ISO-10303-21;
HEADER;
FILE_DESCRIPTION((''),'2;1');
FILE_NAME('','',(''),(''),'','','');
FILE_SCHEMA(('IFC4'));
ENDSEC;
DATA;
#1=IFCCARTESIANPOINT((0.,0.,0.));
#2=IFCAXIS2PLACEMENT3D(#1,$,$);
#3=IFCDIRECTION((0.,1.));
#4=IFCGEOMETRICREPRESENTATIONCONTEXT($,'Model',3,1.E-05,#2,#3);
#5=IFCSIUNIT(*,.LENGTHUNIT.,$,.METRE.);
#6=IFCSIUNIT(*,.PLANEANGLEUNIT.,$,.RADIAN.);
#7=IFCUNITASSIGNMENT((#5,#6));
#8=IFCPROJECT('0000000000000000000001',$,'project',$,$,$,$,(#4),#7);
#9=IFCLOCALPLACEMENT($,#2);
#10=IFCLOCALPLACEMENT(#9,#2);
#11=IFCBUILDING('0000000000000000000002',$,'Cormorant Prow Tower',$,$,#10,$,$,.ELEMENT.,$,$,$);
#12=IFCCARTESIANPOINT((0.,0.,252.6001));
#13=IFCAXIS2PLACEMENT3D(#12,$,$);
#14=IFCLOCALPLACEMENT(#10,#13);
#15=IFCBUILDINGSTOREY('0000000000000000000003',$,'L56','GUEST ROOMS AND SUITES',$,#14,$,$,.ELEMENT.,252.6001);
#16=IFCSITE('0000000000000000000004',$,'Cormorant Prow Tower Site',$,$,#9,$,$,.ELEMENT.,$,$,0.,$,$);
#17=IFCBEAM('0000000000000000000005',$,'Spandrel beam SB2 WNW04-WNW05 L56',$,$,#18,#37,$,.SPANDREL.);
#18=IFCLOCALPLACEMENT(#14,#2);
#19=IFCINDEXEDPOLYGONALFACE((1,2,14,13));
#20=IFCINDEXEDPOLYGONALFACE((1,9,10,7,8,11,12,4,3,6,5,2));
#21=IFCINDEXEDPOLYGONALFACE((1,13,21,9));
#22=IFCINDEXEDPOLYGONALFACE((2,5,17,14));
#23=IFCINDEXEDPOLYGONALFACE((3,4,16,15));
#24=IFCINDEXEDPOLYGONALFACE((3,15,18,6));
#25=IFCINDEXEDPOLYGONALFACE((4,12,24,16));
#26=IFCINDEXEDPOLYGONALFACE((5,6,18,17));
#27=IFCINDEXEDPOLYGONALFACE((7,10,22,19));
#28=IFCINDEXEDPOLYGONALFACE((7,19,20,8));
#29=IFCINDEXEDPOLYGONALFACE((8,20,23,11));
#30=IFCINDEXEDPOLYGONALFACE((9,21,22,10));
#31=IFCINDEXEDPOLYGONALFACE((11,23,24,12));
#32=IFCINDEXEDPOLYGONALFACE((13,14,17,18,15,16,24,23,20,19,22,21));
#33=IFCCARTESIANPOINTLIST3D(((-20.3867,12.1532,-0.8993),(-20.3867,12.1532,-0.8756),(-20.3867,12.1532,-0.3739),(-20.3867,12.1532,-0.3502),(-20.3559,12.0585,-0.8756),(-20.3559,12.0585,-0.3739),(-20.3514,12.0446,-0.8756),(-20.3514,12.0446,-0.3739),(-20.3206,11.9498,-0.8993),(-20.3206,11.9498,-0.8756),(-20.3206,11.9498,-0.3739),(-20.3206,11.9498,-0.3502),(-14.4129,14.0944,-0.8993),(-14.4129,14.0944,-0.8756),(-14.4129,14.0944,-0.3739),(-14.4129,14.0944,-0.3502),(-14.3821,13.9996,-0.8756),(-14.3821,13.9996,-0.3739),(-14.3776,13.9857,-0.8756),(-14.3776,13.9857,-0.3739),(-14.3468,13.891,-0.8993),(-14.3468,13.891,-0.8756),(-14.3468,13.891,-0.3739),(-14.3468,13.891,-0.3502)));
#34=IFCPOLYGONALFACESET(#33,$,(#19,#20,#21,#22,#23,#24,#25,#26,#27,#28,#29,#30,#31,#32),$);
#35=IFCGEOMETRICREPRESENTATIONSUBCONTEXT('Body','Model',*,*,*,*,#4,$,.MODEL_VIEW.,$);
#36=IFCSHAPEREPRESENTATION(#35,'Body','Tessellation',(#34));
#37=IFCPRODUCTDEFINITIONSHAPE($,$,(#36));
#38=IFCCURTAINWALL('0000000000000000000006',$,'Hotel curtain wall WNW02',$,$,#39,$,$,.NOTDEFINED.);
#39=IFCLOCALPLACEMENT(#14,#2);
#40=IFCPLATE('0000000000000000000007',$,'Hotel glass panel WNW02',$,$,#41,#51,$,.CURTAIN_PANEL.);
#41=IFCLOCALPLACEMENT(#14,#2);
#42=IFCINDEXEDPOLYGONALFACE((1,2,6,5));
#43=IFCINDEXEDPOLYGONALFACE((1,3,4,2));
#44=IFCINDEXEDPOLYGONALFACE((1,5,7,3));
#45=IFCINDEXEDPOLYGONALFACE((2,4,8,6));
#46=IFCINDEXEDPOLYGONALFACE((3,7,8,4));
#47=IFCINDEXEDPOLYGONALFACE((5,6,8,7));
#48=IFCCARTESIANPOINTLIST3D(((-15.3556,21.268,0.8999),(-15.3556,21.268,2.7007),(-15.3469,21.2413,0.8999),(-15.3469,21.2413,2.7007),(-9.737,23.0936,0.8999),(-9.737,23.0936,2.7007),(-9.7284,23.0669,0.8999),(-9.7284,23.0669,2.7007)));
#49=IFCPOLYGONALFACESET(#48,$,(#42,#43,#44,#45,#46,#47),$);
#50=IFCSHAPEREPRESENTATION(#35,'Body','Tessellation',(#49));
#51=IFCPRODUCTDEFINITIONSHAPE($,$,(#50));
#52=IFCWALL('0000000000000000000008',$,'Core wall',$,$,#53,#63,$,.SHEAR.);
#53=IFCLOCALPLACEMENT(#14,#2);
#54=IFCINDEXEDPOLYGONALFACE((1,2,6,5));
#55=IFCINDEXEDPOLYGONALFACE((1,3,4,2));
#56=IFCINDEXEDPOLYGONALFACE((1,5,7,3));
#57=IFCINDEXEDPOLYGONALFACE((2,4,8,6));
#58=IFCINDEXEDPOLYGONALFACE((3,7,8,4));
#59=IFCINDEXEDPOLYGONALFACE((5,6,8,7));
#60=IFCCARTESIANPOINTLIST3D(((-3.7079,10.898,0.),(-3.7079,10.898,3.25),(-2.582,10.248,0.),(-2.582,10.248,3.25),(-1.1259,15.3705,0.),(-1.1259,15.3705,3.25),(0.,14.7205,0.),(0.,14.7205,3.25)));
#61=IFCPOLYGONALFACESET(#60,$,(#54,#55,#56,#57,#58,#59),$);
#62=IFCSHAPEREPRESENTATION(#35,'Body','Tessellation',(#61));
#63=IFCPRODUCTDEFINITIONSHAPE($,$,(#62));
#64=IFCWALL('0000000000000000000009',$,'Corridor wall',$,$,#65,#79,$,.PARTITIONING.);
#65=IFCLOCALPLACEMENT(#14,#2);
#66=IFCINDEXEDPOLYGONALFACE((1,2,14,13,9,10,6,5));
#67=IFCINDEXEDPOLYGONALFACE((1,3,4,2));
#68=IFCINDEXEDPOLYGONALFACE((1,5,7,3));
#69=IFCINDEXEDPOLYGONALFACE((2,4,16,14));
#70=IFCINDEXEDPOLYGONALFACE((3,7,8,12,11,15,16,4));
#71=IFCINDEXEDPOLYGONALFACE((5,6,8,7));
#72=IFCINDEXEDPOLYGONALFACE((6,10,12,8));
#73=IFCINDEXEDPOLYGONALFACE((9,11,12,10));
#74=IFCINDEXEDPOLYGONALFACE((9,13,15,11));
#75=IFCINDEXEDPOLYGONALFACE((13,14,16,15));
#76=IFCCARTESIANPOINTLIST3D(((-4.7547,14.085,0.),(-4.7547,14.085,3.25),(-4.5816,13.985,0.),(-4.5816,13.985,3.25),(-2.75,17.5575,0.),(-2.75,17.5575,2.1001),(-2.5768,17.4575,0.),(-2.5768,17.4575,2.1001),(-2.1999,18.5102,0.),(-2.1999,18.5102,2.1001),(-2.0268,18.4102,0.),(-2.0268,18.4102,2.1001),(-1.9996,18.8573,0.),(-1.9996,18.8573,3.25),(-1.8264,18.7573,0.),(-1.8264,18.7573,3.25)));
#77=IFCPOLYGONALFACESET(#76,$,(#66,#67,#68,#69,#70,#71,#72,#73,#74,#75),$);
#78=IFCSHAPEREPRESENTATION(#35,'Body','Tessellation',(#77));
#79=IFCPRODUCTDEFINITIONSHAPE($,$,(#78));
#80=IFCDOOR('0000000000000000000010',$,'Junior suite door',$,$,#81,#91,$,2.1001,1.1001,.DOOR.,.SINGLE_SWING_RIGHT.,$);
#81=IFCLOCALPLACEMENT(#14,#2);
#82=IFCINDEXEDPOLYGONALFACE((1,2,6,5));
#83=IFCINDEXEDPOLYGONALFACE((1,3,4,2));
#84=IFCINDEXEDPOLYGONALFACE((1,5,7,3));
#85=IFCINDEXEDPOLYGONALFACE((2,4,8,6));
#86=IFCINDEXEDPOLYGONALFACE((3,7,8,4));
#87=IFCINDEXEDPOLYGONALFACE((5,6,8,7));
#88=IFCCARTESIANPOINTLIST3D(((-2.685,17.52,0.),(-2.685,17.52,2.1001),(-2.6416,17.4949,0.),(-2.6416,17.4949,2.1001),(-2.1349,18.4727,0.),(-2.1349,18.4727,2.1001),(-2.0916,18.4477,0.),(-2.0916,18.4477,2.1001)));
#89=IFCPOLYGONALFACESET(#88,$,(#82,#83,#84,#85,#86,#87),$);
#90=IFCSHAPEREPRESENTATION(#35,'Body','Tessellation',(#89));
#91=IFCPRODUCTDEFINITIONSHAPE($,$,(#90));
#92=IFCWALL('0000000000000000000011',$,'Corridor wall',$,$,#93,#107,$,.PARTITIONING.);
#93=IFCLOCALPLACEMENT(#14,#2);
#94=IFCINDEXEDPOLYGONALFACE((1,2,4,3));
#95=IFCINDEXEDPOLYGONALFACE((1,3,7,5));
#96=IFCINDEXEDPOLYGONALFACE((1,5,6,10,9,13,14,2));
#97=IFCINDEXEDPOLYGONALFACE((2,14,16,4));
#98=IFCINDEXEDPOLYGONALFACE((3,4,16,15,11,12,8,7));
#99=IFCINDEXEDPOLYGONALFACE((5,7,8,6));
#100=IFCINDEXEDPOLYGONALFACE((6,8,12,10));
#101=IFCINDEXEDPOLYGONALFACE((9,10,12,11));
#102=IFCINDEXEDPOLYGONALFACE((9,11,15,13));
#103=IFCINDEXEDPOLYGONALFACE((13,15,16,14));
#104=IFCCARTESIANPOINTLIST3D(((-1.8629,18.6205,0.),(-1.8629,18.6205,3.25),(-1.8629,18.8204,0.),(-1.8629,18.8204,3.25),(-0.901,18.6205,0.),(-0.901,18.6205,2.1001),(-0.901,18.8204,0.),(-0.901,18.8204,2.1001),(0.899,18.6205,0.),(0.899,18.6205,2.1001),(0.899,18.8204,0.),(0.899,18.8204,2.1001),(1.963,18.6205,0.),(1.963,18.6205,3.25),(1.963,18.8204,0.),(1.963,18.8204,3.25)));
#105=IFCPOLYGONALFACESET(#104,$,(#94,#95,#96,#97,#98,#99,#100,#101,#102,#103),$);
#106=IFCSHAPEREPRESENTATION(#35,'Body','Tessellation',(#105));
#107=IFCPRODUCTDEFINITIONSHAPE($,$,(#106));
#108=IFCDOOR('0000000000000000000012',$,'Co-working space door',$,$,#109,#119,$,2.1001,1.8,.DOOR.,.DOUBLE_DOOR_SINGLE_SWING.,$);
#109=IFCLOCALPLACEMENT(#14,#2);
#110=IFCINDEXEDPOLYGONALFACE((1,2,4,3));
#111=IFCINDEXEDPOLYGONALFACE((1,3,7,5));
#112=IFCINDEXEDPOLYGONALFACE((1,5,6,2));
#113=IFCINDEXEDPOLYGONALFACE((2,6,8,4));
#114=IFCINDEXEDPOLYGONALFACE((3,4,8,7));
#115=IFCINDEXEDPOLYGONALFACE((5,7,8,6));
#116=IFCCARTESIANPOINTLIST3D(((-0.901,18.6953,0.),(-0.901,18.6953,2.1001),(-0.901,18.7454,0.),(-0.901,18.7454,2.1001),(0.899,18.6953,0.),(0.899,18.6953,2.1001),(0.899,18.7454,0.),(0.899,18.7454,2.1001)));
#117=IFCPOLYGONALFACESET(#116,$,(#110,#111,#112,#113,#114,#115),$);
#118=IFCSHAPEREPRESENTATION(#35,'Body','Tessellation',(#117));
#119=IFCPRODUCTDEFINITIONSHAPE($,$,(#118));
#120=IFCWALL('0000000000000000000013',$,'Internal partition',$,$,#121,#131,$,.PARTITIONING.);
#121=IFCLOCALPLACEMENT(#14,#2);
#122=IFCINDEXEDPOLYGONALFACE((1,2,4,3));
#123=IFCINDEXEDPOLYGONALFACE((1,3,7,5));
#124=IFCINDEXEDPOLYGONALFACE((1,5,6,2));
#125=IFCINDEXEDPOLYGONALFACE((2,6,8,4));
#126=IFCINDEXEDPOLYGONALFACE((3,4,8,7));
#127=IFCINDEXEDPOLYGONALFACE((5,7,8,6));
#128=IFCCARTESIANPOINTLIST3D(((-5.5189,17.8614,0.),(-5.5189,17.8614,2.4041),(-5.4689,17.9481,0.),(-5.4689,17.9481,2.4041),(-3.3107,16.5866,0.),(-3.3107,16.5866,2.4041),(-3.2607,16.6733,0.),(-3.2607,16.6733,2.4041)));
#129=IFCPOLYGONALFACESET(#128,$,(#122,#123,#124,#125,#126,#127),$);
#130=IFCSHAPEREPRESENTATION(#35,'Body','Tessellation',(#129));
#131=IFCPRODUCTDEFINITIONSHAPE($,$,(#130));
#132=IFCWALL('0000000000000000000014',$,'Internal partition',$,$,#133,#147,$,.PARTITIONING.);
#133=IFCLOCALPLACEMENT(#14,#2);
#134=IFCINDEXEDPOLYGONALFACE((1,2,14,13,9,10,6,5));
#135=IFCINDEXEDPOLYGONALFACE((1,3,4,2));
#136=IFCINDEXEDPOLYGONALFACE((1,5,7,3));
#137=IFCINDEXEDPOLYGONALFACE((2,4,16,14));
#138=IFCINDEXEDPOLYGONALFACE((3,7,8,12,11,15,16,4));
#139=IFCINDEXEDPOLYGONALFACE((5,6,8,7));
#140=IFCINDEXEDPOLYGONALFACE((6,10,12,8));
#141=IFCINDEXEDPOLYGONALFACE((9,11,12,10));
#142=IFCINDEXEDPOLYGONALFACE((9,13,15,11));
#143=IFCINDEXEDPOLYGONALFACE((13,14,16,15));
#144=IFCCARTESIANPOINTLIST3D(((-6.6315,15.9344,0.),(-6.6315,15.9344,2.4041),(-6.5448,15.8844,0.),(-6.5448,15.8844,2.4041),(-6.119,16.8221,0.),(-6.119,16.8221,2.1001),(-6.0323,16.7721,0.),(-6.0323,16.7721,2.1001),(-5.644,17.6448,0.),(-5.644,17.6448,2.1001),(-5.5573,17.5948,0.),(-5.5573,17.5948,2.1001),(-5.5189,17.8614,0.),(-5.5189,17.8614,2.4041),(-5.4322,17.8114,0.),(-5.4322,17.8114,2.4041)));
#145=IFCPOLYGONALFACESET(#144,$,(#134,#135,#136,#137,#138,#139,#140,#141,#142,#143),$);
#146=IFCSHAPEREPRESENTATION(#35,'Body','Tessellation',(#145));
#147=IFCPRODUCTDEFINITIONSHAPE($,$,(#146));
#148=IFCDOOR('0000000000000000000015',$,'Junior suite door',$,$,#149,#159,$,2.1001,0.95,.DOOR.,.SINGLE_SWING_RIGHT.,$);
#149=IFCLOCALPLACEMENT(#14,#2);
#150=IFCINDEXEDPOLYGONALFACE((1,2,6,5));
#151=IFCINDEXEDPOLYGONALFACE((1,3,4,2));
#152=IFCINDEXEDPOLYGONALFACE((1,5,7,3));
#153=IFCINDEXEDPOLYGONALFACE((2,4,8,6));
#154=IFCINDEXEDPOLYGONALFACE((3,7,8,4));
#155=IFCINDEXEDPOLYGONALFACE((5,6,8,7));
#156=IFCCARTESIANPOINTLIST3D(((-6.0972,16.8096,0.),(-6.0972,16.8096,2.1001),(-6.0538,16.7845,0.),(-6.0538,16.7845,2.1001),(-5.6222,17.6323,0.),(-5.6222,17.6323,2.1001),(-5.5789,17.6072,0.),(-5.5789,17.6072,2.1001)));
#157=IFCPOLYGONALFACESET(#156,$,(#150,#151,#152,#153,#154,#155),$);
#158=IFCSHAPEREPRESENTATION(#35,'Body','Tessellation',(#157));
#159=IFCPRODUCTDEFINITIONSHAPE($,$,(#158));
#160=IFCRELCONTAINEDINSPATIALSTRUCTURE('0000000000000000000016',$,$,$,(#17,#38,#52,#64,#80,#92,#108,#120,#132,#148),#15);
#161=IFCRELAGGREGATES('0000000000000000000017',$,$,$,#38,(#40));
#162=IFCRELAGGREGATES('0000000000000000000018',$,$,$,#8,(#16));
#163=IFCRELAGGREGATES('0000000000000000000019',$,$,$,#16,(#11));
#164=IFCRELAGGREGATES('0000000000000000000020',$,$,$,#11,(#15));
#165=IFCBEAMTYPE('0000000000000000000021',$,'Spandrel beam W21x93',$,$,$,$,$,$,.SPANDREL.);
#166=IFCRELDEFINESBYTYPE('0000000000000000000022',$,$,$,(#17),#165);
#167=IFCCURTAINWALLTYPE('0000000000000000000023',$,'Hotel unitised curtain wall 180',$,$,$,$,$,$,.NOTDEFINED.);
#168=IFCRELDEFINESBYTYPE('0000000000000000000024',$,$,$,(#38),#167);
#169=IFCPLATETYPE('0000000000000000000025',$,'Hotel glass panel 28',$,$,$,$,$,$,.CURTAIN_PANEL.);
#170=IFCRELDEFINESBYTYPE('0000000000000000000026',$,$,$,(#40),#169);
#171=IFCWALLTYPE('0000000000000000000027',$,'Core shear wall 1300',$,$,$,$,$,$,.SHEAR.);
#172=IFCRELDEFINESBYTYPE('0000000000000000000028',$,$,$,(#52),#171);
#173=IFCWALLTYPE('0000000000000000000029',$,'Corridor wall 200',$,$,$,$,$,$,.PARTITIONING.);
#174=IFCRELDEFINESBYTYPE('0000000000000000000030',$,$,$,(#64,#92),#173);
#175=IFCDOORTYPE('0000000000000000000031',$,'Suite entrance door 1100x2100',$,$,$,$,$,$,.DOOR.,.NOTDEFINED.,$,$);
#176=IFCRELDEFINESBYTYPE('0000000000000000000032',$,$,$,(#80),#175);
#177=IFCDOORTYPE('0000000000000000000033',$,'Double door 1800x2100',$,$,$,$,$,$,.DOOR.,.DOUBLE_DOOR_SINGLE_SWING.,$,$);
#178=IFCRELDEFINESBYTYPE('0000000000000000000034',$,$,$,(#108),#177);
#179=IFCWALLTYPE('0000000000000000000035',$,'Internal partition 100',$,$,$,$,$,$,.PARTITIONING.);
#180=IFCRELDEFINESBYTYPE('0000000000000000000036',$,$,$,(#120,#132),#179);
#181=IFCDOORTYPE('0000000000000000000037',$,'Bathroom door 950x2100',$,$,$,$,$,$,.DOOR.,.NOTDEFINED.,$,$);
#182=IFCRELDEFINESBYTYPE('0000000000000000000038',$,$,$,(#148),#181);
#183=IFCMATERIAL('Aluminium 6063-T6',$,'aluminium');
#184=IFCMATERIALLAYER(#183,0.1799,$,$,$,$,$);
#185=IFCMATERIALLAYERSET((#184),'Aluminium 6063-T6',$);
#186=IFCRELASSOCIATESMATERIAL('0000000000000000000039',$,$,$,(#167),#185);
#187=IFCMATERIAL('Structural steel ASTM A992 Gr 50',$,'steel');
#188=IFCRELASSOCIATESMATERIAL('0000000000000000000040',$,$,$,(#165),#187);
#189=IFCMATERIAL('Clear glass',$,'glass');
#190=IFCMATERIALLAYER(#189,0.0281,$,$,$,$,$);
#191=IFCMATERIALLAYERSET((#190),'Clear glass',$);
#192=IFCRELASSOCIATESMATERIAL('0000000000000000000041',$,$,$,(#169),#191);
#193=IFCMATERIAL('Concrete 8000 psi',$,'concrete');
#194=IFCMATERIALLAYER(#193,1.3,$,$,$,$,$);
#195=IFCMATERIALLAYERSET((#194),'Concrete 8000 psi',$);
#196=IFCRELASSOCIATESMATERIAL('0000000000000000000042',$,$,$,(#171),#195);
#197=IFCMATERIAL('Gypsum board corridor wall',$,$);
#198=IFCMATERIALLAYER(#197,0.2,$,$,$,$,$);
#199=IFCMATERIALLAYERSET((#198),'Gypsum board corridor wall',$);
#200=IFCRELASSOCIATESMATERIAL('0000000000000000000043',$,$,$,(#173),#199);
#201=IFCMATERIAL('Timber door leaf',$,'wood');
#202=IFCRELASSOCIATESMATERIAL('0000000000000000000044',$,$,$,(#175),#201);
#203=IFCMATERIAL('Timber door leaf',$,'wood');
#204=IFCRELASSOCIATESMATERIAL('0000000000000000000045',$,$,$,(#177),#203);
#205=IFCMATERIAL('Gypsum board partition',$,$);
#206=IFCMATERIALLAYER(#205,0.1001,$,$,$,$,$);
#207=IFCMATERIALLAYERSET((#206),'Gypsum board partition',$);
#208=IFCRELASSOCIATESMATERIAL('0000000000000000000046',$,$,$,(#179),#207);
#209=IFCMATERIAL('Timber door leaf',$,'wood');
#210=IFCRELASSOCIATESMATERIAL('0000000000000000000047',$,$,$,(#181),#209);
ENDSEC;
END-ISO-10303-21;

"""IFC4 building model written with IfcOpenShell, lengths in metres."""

from ifc_helpers import new_model, si_unit, direction, frame, frame_2d, origin, origin_2d, place, context, subcontext, project, spatial, rectangle, i_section, extrude, material, layer, layer_set, material_profile, profile_set, type_object, element, fill, aggregate, save


model = new_model("IFC4")

# Units and contexts
model_context = context("Model", 3, precision=1e-05, world=origin(), true_north=direction((0.0, 1.0)))
body_context = subcontext(model_context, "Body", "Model", "MODEL_VIEW")
ifc_project = project(units=[si_unit("LENGTHUNIT", "METRE"), si_unit("PLANEANGLEUNIT", "RADIAN")], contexts=[model_context])

# Site, building, storey
site_placement = place(None, origin())
site = spatial("IfcSite", under=ifc_project, at=site_placement, Name="Cormorant Prow Tower Site", CompositionType="ELEMENT", RefElevation=0.0)
building_placement = place(site_placement, origin())
building = spatial("IfcBuilding", under=site, at=building_placement, Name="Cormorant Prow Tower", CompositionType="ELEMENT")
storey_placement = place(building_placement, frame((0.0, 0.0, 252.6001)))
storey = spatial("IfcBuildingStorey", under=building, at=storey_placement, Name="L56", Description="GUEST ROOMS AND SUITES", CompositionType="ELEMENT", Elevation=252.6001)

# Shared definitions
ifc_material_1 = material(Name="Aluminium 6063-T6", Category="aluminium")
ifc_layer_1 = layer(ifc_material_1, 0.1799)
ifc_layer_set_1 = layer_set([ifc_layer_1], Name="Aluminium 6063-T6")
curtain_wall_type = type_object("IfcCurtainWallType", Name="Hotel unitised curtain wall 180", PredefinedType="NOTDEFINED", material=ifc_layer_set_1)

# Beam
ifc_material_2 = material(Name="Structural steel ASTM A992 Gr 50", Category="steel")
ifc_material_profile_1 = material_profile(ifc_material_2, i_section(OverallWidth=0.2139, OverallDepth=0.5491, WebThickness=0.0146, FlangeThickness=0.0237, at=origin_2d()), Name="W21x93")
ifc_profile_set_1 = profile_set([ifc_material_profile_1], Name="Structural steel ASTM A992 Gr 50")
beam_type_1 = type_object("IfcBeamType", Name="Spandrel beam W21x93", PredefinedType="SPANDREL", material=ifc_profile_set_1)
beam_1_placement = place(storey_placement, frame((-14.3799, 13.9927, -0.6248), z_axis=(-0.95105, -0.309036, 0.0), x_axis=(0.309036, -0.95105, 0.0)))
element("IfcBeam", 1, at=beam_1_placement, inside=storey, type_object=beam_type_1, Name="Spandrel beam SB2 WNW04-WNW05 L56", PredefinedType="SPANDREL", context=body_context, shape_type="SweptSolid", body=[
    extrude(i_section(OverallWidth=0.2139, OverallDepth=0.5491, WebThickness=0.0146, FlangeThickness=0.0237, at=origin_2d()), origin(), (0.0, 0.0, 1.0), 6.2812),
])

# Curtain wall, plate
curtain_wall_1_placement = place(storey_placement, origin())
curtain_wall_1 = element("IfcCurtainWall", 2, at=curtain_wall_1_placement, inside=storey, type_object=curtain_wall_type, Name="Hotel curtain wall WNW02", PredefinedType="NOTDEFINED")
ifc_material_3 = material(Name="Clear glass", Category="glass")
ifc_layer_2 = layer(ifc_material_3, 0.0281)
ifc_layer_set_2 = layer_set([ifc_layer_2], Name="Clear glass")
plate_type = type_object("IfcPlateType", Name="Hotel glass panel 28", PredefinedType="CURTAIN_PANEL", material=ifc_layer_set_2)
plate_placement = place(storey_placement, frame((-12.542, 22.1675, 0.8999), z_axis=(0.0, 0.0, 1.0), x_axis=(-0.951057, -0.309017, 0.0)))
plate = element("IfcPlate", 3, at=plate_placement, type_object=plate_type, Name="Hotel glass panel WNW02", PredefinedType="CURTAIN_PANEL", context=body_context, shape_type="SweptSolid", body=[
    extrude(rectangle(XDim=5.9077, YDim=0.0281, at=origin_2d()), origin(), (0.0, 0.0, 1.0), 1.8008),
])
aggregate(curtain_wall_1, [plate])

# Wall
ifc_material_4 = material(Name="Concrete 8000 psi", Category="concrete")
ifc_layer_3 = layer(ifc_material_4, 1.3)
ifc_layer_set_3 = layer_set([ifc_layer_3], Name="Concrete 8000 psi")
wall_type_1 = type_object("IfcWallType", Name="Core shear wall 1300", PredefinedType="SHEAR", material=ifc_layer_set_3)
wall_1_placement = place(storey_placement, frame((-0.563, 15.0454, 0.0), z_axis=(0.0, 0.0, 1.0), x_axis=(-0.499983, -0.866035, 0.0)))
element("IfcWall", 4, at=wall_1_placement, inside=storey, type_object=wall_type_1, Name="Core wall", PredefinedType="SHEAR", context=body_context, shape_type="SweptSolid", body=[
    extrude(rectangle(XDim=5.1643, YDim=1.3, at=frame_2d((2.582, 0.0))), origin(), (0.0, 0.0, 1.0), 3.25),
])

# Walls, openings, doors
ifc_material_5 = material(Name="Gypsum board corridor wall")
ifc_layer_4 = layer(ifc_material_5, 0.2)
ifc_layer_set_4 = layer_set([ifc_layer_4], Name="Gypsum board corridor wall")
wall_type_2 = type_object("IfcWallType", Name="Corridor wall 200", PredefinedType="PARTITIONING", material=ifc_layer_set_4)
wall_2_placement = place(storey_placement, frame((-4.6682, 14.0349, 0.0), z_axis=(0.0, 0.0, 1.0), x_axis=(0.499985, 0.866034, 0.0)))
wall_2 = element("IfcWall", 5, at=wall_2_placement, inside=storey, type_object=wall_type_2, Name="Corridor wall", PredefinedType="PARTITIONING", context=body_context, shape_type="SweptSolid", body=[
    extrude(rectangle(XDim=5.5105, YDim=0.2, at=frame_2d((2.7554, 0.0))), origin(), (0.0, 0.0, 1.0), 3.25),
])
opening_1_placement = place(wall_2_placement, frame((4.0098, 0.0, 0.0)))
opening_1 = element("IfcOpeningElement", 6, at=opening_1_placement, cuts=wall_2, PredefinedType="OPENING", context=body_context, shape_type="SweptSolid", body=[
    extrude(rectangle(XDim=1.1001, YDim=2.1001, at=frame_2d((0.55, 1.05))), frame((0.0, 0.1099, 0.0), z_axis=(0.0, -1.0, 0.0), x_axis=(1.0, 0.0, 0.0)), (0.0, 0.0, 1.0), 0.22),
])
ifc_material_6 = material(Name="Timber door leaf", Category="wood")
door_type_1 = type_object("IfcDoorType", Name="Suite entrance door 1100x2100", OperationType="NOTDEFINED", PredefinedType="DOOR", material=ifc_material_6)
door_1_placement = place(opening_1_placement, origin())
door_1 = element("IfcDoor", 7, at=door_1_placement, inside=storey, type_object=door_type_1, Name="Junior suite door", OperationType="SINGLE_SWING_RIGHT", OverallHeight=2.1001, OverallWidth=1.1001, PredefinedType="DOOR", context=body_context, shape_type="SweptSolid", body=[
    extrude(rectangle(XDim=1.1001, YDim=2.1001, at=frame_2d((0.55, 1.05))), frame((0.0, 0.0249, 0.0), z_axis=(0.0, -1.0, 0.0), x_axis=(1.0, 0.0, 0.0)), (0.0, 0.0, 1.0), 0.05),
])
fill(opening_1, door_1)
wall_3_placement = place(storey_placement, frame((-1.863, 18.7205, 0.0), z_axis=(0.0, 0.0, 1.0), x_axis=(1.0, 0.0, 0.0)))
wall_3 = element("IfcWall", 8, at=wall_3_placement, inside=storey, type_object=wall_type_2, Name="Corridor wall", PredefinedType="PARTITIONING", context=body_context, shape_type="SweptSolid", body=[
    extrude(rectangle(XDim=3.8259, YDim=0.2, at=frame_2d((1.9131, 0.0))), origin(), (0.0, 0.0, 1.0), 3.25),
])
opening_2_placement = place(wall_3_placement, frame((0.9622, 0.0, 0.0)))
opening_2 = element("IfcOpeningElement", 9, at=opening_2_placement, cuts=wall_3, PredefinedType="OPENING", context=body_context, shape_type="SweptSolid", body=[
    extrude(rectangle(XDim=1.8, YDim=2.1001, at=frame_2d((0.8999, 1.05))), frame((0.0, 0.1099, 0.0), z_axis=(0.0, -1.0, 0.0), x_axis=(1.0, 0.0, 0.0)), (0.0, 0.0, 1.0), 0.22),
])
ifc_material_7 = material(Name="Timber door leaf", Category="wood")
door_type_2 = type_object("IfcDoorType", Name="Double door 1800x2100", OperationType="DOUBLE_DOOR_SINGLE_SWING", PredefinedType="DOOR", material=ifc_material_7)
door_2_placement = place(opening_2_placement, origin())
door_2 = element("IfcDoor", 10, at=door_2_placement, inside=storey, type_object=door_type_2, Name="Co-working space door", OperationType="DOUBLE_DOOR_SINGLE_SWING", OverallHeight=2.1001, OverallWidth=1.8, PredefinedType="DOOR", context=body_context, shape_type="SweptSolid", body=[
    extrude(rectangle(XDim=1.8, YDim=2.1001, at=frame_2d((0.8999, 1.05))), frame((0.0, 0.0249, 0.0), z_axis=(0.0, -1.0, 0.0), x_axis=(1.0, 0.0, 0.0)), (0.0, 0.0, 1.0), 0.05),
])
fill(opening_2, door_2)

# Wall
ifc_material_8 = material(Name="Gypsum board partition")
ifc_layer_5 = layer(ifc_material_8, 0.1001)
ifc_layer_set_5 = layer_set([ifc_layer_5], Name="Gypsum board partition")
wall_type_3 = type_object("IfcWallType", Name="Internal partition 100", PredefinedType="PARTITIONING", material=ifc_layer_set_5)
wall_4_placement = place(storey_placement, frame((-5.4939, 17.9048, 0.0), z_axis=(0.0, 0.0, 1.0), x_axis=(0.866031, -0.49999, 0.0)))
element("IfcWall", 11, at=wall_4_placement, inside=storey, type_object=wall_type_3, Name="Internal partition", PredefinedType="PARTITIONING", context=body_context, shape_type="SweptSolid", body=[
    extrude(rectangle(XDim=2.5498, YDim=0.1001, at=frame_2d((1.2749, 0.0))), origin(), (0.0, 0.0, 1.0), 2.4041),
])

# Wall, opening, door
wall_5_placement = place(storey_placement, frame((-6.5881, 15.9094, 0.0), z_axis=(0.0, 0.0, 1.0), x_axis=(0.499998, 0.866027, 0.0)))
wall_5 = element("IfcWall", 12, at=wall_5_placement, inside=storey, type_object=wall_type_3, Name="Internal partition", PredefinedType="PARTITIONING", context=body_context, shape_type="SweptSolid", body=[
    extrude(rectangle(XDim=2.2251, YDim=0.1001, at=frame_2d((1.1125, 0.0))), origin(), (0.0, 0.0, 1.0), 2.4041),
])
opening_3_placement = place(wall_5_placement, frame((1.0249, 0.0, 0.0)))
opening_3 = element("IfcOpeningElement", 13, at=opening_3_placement, cuts=wall_5, PredefinedType="OPENING", context=body_context, shape_type="SweptSolid", body=[
    extrude(rectangle(XDim=0.95, YDim=2.1001, at=frame_2d((0.4751, 1.05))), frame((0.0, 0.0601, 0.0), z_axis=(0.0, -1.0, 0.0), x_axis=(1.0, 0.0, 0.0)), (0.0, 0.0, 1.0), 0.1201),
])
ifc_material_9 = material(Name="Timber door leaf", Category="wood")
door_type_3 = type_object("IfcDoorType", Name="Bathroom door 950x2100", OperationType="NOTDEFINED", PredefinedType="DOOR", material=ifc_material_9)
door_3_placement = place(opening_3_placement, origin())
door_3 = element("IfcDoor", 14, at=door_3_placement, inside=storey, type_object=door_type_3, Name="Junior suite door", OperationType="SINGLE_SWING_RIGHT", OverallHeight=2.1001, OverallWidth=0.95, PredefinedType="DOOR", context=body_context, shape_type="SweptSolid", body=[
    extrude(rectangle(XDim=0.95, YDim=2.1001, at=frame_2d((0.4751, 1.05))), frame((0.0, 0.0249, 0.0), z_axis=(0.0, -1.0, 0.0), x_axis=(1.0, 0.0, 0.0)), (0.0, 0.0, 1.0), 0.05),
])
fill(opening_3, door_3)

save(model, "model.ifc")
